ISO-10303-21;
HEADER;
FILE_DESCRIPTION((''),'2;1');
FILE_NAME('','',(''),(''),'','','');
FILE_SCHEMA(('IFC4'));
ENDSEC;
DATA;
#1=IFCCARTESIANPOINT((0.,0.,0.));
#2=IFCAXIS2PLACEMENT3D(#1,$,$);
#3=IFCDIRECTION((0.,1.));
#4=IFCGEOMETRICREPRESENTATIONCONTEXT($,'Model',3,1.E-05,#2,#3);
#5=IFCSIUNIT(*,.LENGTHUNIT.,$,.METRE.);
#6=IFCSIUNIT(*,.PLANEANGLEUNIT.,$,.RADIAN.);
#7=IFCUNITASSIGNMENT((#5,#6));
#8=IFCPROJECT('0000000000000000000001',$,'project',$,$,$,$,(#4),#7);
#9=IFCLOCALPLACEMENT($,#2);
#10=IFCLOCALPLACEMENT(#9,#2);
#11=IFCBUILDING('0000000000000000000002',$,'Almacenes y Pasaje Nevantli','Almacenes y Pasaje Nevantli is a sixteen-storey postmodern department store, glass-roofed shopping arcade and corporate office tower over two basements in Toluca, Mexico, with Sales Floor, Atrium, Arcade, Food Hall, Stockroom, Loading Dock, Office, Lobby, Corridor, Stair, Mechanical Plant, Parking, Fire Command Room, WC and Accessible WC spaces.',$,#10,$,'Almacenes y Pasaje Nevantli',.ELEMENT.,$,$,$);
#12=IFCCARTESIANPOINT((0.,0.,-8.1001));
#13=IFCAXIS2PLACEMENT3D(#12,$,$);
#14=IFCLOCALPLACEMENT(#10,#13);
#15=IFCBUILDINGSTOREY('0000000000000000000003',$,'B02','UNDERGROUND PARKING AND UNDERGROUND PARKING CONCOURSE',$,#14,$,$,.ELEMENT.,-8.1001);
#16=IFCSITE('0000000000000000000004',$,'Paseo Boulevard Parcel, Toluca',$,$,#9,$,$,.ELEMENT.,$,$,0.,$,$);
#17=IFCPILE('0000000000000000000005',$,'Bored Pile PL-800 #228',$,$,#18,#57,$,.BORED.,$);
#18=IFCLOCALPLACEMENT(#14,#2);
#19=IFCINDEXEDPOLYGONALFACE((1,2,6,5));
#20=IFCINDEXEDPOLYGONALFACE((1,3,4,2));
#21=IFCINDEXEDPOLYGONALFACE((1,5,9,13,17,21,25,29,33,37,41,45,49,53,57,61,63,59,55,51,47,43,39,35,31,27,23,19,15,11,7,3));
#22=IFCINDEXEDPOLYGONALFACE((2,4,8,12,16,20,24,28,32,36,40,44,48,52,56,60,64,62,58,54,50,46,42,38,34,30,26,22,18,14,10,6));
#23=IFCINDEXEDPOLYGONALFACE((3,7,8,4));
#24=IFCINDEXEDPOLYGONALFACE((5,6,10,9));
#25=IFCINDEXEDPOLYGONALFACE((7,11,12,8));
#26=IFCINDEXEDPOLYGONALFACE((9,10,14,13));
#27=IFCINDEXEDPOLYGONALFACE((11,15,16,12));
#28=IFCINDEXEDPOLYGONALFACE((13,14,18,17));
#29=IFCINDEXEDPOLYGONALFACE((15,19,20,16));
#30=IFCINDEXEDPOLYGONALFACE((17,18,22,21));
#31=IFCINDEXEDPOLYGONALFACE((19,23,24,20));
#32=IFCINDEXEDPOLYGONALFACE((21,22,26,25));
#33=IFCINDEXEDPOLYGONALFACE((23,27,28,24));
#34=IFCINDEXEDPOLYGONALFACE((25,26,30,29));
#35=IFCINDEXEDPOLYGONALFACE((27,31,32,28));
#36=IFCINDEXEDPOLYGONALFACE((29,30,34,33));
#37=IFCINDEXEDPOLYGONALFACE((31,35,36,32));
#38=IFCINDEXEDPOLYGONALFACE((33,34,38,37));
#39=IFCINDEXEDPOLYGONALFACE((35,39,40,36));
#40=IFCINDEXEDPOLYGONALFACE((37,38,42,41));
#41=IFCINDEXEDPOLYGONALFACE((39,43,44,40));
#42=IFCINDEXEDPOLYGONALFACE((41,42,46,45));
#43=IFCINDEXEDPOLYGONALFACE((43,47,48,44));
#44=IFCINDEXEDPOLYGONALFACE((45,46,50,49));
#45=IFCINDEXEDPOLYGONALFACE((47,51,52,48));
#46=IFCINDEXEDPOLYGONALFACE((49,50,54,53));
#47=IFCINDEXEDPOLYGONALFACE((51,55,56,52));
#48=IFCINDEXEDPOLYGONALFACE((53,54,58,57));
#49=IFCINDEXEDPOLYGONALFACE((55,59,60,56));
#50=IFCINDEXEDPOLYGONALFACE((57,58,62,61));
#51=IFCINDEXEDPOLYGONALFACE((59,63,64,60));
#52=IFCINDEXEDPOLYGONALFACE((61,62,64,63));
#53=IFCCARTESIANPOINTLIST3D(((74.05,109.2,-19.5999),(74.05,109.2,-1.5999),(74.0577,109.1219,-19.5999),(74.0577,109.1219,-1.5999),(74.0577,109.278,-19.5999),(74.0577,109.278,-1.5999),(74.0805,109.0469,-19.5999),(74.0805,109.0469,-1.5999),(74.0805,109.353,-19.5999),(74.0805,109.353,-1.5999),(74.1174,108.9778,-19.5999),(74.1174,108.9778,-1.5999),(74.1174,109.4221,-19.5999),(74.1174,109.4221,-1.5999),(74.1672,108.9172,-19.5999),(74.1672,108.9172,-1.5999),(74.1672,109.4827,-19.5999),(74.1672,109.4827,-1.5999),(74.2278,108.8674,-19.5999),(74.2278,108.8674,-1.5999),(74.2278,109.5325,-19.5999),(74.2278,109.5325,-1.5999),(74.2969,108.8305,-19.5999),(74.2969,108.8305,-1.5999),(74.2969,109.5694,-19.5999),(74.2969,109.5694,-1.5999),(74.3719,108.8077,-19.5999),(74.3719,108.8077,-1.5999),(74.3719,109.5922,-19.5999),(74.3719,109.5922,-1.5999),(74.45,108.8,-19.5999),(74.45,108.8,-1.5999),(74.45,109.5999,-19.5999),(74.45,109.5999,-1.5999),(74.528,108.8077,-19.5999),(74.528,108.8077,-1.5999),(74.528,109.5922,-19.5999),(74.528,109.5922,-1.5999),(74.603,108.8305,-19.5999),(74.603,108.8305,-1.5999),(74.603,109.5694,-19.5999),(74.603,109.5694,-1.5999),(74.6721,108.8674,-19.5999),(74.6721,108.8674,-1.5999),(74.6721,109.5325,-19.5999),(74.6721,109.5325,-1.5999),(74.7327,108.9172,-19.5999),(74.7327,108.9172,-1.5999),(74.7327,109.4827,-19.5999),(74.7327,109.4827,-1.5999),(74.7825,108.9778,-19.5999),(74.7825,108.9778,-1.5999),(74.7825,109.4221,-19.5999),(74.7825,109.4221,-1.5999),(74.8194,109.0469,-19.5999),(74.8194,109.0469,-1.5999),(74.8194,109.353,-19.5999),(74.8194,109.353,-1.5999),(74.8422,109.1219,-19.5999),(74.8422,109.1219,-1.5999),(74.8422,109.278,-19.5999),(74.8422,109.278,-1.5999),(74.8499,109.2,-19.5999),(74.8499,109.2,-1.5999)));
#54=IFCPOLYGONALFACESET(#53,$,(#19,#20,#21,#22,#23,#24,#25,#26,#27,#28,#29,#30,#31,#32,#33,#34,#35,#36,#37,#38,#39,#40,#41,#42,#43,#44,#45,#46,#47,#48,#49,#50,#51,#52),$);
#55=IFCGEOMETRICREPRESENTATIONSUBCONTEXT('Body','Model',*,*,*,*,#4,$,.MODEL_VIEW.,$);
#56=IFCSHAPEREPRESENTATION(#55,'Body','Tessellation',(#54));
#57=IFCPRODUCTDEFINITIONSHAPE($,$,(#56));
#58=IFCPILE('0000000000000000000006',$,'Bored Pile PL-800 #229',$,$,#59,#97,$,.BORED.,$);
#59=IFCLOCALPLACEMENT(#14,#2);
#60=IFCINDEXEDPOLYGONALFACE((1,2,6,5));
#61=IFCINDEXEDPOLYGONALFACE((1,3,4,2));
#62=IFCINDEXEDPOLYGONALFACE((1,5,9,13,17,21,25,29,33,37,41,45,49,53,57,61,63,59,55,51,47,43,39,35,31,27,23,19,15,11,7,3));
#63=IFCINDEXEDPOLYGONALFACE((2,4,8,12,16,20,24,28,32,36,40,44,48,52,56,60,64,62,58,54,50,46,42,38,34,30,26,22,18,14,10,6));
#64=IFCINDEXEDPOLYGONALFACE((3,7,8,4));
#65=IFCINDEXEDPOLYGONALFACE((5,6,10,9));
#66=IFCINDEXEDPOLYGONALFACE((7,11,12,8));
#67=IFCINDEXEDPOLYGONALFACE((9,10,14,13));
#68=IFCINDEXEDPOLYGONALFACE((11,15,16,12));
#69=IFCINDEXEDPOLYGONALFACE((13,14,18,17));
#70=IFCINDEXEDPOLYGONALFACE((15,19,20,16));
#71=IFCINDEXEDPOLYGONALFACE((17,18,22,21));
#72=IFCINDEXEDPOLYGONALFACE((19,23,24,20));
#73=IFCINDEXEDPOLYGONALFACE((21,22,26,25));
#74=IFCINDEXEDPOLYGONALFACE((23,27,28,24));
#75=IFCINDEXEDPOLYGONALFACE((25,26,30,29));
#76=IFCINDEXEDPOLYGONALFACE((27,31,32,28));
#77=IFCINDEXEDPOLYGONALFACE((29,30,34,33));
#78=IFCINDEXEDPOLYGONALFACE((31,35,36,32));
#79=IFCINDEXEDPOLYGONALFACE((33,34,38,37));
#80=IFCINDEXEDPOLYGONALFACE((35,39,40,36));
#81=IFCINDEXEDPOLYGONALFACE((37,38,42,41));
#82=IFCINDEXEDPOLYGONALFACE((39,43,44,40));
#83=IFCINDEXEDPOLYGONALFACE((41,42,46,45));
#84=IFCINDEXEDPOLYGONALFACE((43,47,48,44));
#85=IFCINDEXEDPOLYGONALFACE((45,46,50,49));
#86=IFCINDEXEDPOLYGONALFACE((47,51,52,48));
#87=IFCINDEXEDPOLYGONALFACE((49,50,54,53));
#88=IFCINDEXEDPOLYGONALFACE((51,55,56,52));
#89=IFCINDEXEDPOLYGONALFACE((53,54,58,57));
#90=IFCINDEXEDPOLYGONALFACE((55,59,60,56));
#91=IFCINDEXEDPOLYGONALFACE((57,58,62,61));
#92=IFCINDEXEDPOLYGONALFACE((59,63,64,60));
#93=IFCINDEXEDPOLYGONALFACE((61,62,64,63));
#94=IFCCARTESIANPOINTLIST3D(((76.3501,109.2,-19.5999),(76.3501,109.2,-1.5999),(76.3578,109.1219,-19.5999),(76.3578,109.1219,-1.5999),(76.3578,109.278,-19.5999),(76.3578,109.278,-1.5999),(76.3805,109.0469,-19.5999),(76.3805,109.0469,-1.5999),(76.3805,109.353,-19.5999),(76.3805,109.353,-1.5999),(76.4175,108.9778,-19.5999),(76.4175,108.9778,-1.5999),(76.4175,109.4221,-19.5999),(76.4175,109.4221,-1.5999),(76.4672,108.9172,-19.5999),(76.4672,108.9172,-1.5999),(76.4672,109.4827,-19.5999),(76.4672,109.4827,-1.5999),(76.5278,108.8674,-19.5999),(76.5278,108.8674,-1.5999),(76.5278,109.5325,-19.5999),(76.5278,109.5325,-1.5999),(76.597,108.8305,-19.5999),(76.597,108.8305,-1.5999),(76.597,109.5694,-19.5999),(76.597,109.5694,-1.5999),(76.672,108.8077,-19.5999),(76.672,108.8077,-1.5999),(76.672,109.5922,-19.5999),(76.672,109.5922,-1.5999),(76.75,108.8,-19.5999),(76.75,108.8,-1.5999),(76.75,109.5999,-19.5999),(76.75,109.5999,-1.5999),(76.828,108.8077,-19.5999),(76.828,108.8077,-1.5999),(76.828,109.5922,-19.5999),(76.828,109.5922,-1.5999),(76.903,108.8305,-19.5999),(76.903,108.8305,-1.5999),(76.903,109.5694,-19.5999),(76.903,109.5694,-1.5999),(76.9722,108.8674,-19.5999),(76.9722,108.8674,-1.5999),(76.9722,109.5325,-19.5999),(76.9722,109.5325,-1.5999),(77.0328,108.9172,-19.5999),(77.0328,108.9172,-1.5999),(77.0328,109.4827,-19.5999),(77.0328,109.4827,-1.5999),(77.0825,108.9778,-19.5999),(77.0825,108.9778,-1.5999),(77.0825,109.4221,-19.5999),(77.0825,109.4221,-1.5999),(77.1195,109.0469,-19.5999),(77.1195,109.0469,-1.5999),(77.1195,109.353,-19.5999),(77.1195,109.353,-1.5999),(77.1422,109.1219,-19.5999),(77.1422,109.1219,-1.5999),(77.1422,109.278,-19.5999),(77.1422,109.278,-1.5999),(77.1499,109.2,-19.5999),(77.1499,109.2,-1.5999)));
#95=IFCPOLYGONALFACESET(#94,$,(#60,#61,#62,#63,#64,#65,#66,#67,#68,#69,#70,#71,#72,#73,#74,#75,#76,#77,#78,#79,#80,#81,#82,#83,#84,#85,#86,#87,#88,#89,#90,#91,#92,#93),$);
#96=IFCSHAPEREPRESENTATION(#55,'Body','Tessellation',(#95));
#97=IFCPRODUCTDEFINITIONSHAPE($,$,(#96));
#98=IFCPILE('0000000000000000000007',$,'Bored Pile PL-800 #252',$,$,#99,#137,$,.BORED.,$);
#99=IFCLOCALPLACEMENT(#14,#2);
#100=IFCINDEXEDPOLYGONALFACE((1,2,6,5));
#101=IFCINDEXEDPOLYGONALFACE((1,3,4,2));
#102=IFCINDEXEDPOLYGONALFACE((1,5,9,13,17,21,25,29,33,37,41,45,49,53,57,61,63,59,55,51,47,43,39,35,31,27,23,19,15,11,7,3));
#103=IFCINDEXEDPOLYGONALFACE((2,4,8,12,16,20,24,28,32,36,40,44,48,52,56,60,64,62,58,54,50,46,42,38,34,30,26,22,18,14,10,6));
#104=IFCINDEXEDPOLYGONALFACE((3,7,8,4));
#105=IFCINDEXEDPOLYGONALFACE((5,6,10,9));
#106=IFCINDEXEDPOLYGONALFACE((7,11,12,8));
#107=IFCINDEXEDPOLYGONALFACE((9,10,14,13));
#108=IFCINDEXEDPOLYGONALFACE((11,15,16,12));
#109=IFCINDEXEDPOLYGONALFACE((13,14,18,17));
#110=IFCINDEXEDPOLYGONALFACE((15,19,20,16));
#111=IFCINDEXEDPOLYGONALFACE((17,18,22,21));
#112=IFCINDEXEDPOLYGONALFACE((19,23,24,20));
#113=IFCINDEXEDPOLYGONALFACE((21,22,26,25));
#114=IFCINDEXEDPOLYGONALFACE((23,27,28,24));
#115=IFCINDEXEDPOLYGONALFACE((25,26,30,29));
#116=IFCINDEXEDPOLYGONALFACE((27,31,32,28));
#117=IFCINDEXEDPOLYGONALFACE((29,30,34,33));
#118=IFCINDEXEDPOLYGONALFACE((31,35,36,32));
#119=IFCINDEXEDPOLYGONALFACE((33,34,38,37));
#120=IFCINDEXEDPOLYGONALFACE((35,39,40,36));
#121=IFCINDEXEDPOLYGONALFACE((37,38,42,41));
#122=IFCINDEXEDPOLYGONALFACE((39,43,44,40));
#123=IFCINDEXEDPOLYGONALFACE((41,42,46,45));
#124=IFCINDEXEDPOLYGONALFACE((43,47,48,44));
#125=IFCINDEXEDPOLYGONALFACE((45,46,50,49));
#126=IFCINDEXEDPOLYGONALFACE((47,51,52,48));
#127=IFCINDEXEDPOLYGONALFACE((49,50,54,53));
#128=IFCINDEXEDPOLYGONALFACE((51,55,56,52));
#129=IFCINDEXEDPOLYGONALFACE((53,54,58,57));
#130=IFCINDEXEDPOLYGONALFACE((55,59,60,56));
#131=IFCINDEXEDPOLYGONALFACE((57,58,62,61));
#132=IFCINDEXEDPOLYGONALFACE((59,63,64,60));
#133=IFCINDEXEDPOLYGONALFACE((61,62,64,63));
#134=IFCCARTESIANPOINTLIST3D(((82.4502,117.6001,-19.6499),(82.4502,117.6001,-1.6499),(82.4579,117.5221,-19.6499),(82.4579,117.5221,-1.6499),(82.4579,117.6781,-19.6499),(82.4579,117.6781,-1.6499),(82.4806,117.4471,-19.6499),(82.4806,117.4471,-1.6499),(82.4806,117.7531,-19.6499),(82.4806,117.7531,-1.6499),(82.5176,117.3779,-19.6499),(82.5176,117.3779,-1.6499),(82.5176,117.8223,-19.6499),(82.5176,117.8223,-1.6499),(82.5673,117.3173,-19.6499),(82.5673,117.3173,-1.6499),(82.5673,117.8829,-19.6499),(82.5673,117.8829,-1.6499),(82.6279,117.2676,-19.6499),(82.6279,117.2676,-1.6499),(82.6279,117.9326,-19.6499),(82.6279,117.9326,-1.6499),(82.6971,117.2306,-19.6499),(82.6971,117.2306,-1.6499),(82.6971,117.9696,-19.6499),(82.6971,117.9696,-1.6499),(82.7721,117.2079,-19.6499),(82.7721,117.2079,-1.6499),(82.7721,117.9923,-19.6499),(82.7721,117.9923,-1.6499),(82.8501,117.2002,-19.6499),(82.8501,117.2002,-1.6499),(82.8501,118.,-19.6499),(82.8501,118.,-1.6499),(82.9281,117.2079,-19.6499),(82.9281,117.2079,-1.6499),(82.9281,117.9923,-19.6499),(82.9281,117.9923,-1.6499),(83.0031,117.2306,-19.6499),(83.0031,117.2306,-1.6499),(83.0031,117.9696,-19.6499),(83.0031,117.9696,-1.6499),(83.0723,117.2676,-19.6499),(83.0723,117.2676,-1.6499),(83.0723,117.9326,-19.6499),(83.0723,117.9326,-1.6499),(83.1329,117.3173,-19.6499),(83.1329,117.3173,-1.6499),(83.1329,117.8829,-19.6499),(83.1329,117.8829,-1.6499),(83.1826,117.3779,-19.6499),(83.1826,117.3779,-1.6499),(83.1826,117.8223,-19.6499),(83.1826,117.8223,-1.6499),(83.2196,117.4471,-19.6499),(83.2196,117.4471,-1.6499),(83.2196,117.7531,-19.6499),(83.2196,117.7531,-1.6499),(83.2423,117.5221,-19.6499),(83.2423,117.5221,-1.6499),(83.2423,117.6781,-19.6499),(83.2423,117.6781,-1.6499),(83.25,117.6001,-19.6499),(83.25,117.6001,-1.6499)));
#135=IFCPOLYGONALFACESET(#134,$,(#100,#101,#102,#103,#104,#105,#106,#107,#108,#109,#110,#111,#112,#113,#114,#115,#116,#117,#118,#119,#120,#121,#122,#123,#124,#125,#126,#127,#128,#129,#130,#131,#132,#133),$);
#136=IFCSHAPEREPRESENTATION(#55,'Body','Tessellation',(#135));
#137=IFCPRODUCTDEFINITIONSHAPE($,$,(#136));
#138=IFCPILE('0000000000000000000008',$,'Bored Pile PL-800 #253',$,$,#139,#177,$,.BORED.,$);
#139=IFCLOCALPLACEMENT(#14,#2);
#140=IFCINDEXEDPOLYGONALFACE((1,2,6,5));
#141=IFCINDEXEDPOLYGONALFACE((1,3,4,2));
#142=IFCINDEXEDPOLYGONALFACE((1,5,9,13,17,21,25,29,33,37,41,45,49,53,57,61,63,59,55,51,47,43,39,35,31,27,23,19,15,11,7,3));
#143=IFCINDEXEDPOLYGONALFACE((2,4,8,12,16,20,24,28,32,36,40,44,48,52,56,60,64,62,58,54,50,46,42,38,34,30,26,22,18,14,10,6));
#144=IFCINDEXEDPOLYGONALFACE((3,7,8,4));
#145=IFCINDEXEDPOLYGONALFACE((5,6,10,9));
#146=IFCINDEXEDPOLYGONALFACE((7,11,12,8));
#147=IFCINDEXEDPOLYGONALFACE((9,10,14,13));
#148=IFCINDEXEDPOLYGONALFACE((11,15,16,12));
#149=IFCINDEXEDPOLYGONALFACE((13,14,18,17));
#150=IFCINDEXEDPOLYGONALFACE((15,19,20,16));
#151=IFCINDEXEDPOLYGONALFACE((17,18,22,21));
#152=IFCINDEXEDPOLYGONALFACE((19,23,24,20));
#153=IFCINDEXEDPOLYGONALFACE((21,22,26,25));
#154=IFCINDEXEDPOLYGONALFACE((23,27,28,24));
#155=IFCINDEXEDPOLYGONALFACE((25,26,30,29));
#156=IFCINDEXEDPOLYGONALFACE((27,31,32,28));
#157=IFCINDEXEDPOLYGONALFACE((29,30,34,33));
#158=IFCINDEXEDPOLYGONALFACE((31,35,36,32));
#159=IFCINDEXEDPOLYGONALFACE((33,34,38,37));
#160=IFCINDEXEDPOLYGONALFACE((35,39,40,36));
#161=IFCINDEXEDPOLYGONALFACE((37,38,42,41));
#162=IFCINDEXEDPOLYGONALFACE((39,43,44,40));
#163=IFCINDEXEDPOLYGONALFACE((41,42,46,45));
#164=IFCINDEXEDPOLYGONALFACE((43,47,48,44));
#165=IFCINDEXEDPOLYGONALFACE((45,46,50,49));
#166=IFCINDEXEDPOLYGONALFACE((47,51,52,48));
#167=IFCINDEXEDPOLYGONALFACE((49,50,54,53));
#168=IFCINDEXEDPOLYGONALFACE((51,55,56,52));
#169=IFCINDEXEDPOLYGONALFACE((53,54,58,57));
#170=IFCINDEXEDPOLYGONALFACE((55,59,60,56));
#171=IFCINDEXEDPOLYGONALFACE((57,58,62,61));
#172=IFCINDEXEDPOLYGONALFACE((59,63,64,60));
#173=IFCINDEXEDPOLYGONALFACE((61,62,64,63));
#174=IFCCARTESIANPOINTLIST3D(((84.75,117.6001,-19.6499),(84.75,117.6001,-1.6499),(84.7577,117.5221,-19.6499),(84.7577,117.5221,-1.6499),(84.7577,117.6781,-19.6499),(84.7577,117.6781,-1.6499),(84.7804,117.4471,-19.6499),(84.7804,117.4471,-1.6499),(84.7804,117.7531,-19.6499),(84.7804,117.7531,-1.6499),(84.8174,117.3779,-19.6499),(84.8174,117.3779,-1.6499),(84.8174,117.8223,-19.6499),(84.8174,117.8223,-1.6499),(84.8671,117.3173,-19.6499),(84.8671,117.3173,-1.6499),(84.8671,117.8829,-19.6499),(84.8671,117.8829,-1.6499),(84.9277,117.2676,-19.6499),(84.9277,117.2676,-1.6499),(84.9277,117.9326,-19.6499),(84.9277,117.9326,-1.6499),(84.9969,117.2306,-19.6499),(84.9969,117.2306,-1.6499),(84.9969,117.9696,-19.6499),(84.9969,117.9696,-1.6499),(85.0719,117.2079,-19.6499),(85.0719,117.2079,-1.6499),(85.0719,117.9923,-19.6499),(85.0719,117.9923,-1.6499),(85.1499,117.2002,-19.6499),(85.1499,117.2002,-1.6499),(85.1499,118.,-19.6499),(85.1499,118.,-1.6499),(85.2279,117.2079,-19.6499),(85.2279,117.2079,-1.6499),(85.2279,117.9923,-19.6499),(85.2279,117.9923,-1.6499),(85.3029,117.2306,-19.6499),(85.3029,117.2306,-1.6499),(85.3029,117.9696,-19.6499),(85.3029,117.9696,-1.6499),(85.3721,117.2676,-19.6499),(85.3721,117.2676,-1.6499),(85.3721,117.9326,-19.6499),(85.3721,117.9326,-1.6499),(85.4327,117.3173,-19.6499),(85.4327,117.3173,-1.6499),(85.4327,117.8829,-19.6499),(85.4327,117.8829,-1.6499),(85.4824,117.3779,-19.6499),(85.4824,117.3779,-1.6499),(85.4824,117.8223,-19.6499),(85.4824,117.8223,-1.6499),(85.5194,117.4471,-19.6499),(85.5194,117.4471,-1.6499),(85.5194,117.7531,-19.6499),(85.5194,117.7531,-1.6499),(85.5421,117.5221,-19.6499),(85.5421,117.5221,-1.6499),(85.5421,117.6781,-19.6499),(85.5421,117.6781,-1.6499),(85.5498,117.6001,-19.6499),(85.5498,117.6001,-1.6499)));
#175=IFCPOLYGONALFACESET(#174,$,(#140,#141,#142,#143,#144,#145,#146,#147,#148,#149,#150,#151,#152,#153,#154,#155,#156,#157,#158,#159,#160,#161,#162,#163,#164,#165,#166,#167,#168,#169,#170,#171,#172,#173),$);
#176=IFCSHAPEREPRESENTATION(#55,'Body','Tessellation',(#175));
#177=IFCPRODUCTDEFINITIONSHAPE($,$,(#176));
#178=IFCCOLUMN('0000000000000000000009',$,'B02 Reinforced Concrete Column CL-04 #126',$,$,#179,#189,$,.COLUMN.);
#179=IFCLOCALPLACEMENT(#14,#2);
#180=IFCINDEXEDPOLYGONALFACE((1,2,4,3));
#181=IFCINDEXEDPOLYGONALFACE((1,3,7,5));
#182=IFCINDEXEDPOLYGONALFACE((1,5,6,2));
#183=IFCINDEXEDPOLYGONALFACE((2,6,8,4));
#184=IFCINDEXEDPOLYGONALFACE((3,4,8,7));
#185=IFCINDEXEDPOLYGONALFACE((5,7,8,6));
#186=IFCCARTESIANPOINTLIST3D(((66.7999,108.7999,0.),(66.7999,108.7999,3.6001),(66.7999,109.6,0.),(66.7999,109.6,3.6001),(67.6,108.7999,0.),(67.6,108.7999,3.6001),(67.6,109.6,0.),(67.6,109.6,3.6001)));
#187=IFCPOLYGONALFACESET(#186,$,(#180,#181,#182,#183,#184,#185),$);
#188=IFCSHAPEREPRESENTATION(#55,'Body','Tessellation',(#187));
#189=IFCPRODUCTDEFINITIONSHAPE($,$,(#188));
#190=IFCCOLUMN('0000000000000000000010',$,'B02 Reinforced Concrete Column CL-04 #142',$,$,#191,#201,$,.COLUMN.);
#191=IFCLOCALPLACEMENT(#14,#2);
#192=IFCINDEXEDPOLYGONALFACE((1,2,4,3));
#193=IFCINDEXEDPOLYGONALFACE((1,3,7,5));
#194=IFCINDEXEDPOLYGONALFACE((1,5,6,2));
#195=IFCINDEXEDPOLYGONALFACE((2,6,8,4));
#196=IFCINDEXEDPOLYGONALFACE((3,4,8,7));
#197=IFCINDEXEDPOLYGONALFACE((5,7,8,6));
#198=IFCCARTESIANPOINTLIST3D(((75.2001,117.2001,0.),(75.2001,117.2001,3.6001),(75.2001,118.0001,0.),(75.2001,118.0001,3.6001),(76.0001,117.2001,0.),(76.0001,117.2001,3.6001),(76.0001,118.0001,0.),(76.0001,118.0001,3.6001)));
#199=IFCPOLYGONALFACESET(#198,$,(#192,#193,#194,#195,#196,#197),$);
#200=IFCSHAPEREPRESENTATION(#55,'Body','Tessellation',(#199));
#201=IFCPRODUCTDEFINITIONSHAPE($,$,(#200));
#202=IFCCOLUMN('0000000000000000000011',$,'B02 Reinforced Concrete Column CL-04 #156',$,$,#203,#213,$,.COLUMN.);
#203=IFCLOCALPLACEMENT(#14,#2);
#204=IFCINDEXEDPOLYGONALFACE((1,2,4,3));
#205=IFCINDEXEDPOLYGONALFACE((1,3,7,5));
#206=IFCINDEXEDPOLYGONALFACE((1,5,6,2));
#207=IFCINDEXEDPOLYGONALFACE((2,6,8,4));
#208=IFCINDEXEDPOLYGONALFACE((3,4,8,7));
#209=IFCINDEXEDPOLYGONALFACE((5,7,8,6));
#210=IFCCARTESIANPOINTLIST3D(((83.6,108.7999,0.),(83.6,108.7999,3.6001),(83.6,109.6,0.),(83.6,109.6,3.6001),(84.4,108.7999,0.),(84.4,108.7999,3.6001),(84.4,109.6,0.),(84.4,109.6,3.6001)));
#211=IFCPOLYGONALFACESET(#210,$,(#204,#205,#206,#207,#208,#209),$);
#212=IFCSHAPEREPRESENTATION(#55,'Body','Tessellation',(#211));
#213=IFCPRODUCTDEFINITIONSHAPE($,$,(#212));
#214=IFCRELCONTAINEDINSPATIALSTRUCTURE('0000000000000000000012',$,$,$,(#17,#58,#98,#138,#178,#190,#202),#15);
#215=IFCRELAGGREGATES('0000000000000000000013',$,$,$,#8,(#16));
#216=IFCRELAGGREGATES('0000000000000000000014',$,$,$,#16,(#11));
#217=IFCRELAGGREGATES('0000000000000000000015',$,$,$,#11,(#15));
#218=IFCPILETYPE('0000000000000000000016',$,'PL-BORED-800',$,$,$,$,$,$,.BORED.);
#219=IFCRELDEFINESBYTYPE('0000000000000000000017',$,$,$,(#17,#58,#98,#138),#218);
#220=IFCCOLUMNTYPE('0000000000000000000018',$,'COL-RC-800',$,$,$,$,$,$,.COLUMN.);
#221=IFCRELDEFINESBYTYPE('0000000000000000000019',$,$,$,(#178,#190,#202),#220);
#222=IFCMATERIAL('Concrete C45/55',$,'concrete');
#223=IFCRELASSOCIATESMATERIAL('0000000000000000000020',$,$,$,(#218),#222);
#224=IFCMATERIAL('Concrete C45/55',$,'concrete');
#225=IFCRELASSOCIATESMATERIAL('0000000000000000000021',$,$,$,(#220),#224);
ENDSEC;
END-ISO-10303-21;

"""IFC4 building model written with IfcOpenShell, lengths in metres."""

from ifc_helpers import new_model, si_unit, direction, frame, origin, origin_2d, place, context, subcontext, project, spatial, rectangle, circle, extrude, material, material_profile, profile_set, type_object, element, save


model = new_model("IFC4")

# Units and contexts
model_context = context("Model", 3, precision=1e-05, world=origin(), true_north=direction((0.0, 1.0)))
body_context = subcontext(model_context, "Body", "Model", "MODEL_VIEW")
ifc_project = project(units=[si_unit("LENGTHUNIT", "METRE"), si_unit("PLANEANGLEUNIT", "RADIAN")], contexts=[model_context])

# Site, building, storey
site_placement = place(None, origin())
site = spatial("IfcSite", under=ifc_project, at=site_placement, Name="Paseo Boulevard Parcel, Toluca", CompositionType="ELEMENT", RefElevation=0.0)
building_placement = place(site_placement, origin())
building = spatial("IfcBuilding", under=site, at=building_placement, Name="Almacenes y Pasaje Nevantli", Description="Almacenes y Pasaje Nevantli is a sixteen-storey postmodern department store, glass-roofed shopping arcade and corporate office tower over two basements in Toluca, Mexico, with Sales Floor, Atrium, Arcade, Food Hall, Stockroom, Loading Dock, Office, Lobby, Corridor, Stair, Mechanical Plant, Parking, Fire Command Room, WC and Accessible WC spaces.", LongName="Almacenes y Pasaje Nevantli", CompositionType="ELEMENT")
storey_placement = place(building_placement, frame((0.0, 0.0, -8.1001)))
storey = spatial("IfcBuildingStorey", under=building, at=storey_placement, Name="B02", Description="UNDERGROUND PARKING AND UNDERGROUND PARKING CONCOURSE", CompositionType="ELEMENT", Elevation=-8.1001)

# Piles
ifc_material_1 = material(Name="Concrete C45/55", Category="concrete")
ifc_material_profile_1 = material_profile(ifc_material_1, circle(Radius=0.3999, at=origin_2d()), Name="RC-PILE-D800")
ifc_profile_set_1 = profile_set([ifc_material_profile_1], Name="Concrete C45/55")
pile_type_1 = type_object("IfcPileType", Name="PL-BORED-800", PredefinedType="BORED", material=ifc_profile_set_1)
for number, where, z_axis, x_axis, name in (
    (1, (74.45, 109.2, -1.5999), (0.0, 0.0, -1.0), (1.0, 0.0, 0.0), "Bored Pile PL-800 #228"),
    (2, (76.75, 109.2, -1.5999), (0.0, 0.0, -1.0), (1.0, 0.0, 0.0), "Bored Pile PL-800 #229"),
    (3, (82.8501, 117.6001, -1.6499), (0.0, 0.0, -1.0), (1.0, 0.0, 0.0), "Bored Pile PL-800 #252"),
    (4, (85.1499, 117.6001, -1.6499), (0.0, 0.0, -1.0), (1.0, 0.0, 0.0), "Bored Pile PL-800 #253"),
):
    element("IfcPile", number, at=place(storey_placement, frame(where, z_axis=z_axis, x_axis=x_axis)), inside=storey, type_object=pile_type_1, Name=name, PredefinedType="BORED", context=body_context, shape_type="SweptSolid", body=[
        extrude(circle(Radius=0.3999, at=origin_2d()), origin(), (0.0, 0.0, 1.0), 18.0),
    ])

# Columns
ifc_material_2 = material(Name="Concrete C45/55", Category="concrete")
ifc_material_profile_2 = material_profile(ifc_material_2, rectangle(XDim=0.8, YDim=0.8, at=origin_2d()), Name="RC-COL-800x800")
ifc_profile_set_2 = profile_set([ifc_material_profile_2], Name="Concrete C45/55")
column_type_1 = type_object("IfcColumnType", Name="COL-RC-800", PredefinedType="COLUMN", material=ifc_profile_set_2)
for number, where, z_axis, x_axis, name in (
    (5, (67.2, 109.2, 0.0), (0.0, 0.0, 1.0), (1.0, 0.0, 0.0), "B02 Reinforced Concrete Column CL-04 #126"),
    (6, (75.6001, 117.6001, 0.0), (0.0, 0.0, 1.0), (1.0, 0.0, 0.0), "B02 Reinforced Concrete Column CL-04 #142"),
    (7, (84.0, 109.2, 0.0), (0.0, 0.0, 1.0), (1.0, 0.0, 0.0), "B02 Reinforced Concrete Column CL-04 #156"),
):
    element("IfcColumn", number, at=place(storey_placement, frame(where, z_axis=z_axis, x_axis=x_axis)), inside=storey, type_object=column_type_1, Name=name, PredefinedType="COLUMN", context=body_context, shape_type="SweptSolid", body=[
        extrude(rectangle(XDim=0.8, YDim=0.8, at=origin_2d()), origin(), (0.0, 0.0, 1.0), 3.6001),
    ])

save(model, "model.ifc")
